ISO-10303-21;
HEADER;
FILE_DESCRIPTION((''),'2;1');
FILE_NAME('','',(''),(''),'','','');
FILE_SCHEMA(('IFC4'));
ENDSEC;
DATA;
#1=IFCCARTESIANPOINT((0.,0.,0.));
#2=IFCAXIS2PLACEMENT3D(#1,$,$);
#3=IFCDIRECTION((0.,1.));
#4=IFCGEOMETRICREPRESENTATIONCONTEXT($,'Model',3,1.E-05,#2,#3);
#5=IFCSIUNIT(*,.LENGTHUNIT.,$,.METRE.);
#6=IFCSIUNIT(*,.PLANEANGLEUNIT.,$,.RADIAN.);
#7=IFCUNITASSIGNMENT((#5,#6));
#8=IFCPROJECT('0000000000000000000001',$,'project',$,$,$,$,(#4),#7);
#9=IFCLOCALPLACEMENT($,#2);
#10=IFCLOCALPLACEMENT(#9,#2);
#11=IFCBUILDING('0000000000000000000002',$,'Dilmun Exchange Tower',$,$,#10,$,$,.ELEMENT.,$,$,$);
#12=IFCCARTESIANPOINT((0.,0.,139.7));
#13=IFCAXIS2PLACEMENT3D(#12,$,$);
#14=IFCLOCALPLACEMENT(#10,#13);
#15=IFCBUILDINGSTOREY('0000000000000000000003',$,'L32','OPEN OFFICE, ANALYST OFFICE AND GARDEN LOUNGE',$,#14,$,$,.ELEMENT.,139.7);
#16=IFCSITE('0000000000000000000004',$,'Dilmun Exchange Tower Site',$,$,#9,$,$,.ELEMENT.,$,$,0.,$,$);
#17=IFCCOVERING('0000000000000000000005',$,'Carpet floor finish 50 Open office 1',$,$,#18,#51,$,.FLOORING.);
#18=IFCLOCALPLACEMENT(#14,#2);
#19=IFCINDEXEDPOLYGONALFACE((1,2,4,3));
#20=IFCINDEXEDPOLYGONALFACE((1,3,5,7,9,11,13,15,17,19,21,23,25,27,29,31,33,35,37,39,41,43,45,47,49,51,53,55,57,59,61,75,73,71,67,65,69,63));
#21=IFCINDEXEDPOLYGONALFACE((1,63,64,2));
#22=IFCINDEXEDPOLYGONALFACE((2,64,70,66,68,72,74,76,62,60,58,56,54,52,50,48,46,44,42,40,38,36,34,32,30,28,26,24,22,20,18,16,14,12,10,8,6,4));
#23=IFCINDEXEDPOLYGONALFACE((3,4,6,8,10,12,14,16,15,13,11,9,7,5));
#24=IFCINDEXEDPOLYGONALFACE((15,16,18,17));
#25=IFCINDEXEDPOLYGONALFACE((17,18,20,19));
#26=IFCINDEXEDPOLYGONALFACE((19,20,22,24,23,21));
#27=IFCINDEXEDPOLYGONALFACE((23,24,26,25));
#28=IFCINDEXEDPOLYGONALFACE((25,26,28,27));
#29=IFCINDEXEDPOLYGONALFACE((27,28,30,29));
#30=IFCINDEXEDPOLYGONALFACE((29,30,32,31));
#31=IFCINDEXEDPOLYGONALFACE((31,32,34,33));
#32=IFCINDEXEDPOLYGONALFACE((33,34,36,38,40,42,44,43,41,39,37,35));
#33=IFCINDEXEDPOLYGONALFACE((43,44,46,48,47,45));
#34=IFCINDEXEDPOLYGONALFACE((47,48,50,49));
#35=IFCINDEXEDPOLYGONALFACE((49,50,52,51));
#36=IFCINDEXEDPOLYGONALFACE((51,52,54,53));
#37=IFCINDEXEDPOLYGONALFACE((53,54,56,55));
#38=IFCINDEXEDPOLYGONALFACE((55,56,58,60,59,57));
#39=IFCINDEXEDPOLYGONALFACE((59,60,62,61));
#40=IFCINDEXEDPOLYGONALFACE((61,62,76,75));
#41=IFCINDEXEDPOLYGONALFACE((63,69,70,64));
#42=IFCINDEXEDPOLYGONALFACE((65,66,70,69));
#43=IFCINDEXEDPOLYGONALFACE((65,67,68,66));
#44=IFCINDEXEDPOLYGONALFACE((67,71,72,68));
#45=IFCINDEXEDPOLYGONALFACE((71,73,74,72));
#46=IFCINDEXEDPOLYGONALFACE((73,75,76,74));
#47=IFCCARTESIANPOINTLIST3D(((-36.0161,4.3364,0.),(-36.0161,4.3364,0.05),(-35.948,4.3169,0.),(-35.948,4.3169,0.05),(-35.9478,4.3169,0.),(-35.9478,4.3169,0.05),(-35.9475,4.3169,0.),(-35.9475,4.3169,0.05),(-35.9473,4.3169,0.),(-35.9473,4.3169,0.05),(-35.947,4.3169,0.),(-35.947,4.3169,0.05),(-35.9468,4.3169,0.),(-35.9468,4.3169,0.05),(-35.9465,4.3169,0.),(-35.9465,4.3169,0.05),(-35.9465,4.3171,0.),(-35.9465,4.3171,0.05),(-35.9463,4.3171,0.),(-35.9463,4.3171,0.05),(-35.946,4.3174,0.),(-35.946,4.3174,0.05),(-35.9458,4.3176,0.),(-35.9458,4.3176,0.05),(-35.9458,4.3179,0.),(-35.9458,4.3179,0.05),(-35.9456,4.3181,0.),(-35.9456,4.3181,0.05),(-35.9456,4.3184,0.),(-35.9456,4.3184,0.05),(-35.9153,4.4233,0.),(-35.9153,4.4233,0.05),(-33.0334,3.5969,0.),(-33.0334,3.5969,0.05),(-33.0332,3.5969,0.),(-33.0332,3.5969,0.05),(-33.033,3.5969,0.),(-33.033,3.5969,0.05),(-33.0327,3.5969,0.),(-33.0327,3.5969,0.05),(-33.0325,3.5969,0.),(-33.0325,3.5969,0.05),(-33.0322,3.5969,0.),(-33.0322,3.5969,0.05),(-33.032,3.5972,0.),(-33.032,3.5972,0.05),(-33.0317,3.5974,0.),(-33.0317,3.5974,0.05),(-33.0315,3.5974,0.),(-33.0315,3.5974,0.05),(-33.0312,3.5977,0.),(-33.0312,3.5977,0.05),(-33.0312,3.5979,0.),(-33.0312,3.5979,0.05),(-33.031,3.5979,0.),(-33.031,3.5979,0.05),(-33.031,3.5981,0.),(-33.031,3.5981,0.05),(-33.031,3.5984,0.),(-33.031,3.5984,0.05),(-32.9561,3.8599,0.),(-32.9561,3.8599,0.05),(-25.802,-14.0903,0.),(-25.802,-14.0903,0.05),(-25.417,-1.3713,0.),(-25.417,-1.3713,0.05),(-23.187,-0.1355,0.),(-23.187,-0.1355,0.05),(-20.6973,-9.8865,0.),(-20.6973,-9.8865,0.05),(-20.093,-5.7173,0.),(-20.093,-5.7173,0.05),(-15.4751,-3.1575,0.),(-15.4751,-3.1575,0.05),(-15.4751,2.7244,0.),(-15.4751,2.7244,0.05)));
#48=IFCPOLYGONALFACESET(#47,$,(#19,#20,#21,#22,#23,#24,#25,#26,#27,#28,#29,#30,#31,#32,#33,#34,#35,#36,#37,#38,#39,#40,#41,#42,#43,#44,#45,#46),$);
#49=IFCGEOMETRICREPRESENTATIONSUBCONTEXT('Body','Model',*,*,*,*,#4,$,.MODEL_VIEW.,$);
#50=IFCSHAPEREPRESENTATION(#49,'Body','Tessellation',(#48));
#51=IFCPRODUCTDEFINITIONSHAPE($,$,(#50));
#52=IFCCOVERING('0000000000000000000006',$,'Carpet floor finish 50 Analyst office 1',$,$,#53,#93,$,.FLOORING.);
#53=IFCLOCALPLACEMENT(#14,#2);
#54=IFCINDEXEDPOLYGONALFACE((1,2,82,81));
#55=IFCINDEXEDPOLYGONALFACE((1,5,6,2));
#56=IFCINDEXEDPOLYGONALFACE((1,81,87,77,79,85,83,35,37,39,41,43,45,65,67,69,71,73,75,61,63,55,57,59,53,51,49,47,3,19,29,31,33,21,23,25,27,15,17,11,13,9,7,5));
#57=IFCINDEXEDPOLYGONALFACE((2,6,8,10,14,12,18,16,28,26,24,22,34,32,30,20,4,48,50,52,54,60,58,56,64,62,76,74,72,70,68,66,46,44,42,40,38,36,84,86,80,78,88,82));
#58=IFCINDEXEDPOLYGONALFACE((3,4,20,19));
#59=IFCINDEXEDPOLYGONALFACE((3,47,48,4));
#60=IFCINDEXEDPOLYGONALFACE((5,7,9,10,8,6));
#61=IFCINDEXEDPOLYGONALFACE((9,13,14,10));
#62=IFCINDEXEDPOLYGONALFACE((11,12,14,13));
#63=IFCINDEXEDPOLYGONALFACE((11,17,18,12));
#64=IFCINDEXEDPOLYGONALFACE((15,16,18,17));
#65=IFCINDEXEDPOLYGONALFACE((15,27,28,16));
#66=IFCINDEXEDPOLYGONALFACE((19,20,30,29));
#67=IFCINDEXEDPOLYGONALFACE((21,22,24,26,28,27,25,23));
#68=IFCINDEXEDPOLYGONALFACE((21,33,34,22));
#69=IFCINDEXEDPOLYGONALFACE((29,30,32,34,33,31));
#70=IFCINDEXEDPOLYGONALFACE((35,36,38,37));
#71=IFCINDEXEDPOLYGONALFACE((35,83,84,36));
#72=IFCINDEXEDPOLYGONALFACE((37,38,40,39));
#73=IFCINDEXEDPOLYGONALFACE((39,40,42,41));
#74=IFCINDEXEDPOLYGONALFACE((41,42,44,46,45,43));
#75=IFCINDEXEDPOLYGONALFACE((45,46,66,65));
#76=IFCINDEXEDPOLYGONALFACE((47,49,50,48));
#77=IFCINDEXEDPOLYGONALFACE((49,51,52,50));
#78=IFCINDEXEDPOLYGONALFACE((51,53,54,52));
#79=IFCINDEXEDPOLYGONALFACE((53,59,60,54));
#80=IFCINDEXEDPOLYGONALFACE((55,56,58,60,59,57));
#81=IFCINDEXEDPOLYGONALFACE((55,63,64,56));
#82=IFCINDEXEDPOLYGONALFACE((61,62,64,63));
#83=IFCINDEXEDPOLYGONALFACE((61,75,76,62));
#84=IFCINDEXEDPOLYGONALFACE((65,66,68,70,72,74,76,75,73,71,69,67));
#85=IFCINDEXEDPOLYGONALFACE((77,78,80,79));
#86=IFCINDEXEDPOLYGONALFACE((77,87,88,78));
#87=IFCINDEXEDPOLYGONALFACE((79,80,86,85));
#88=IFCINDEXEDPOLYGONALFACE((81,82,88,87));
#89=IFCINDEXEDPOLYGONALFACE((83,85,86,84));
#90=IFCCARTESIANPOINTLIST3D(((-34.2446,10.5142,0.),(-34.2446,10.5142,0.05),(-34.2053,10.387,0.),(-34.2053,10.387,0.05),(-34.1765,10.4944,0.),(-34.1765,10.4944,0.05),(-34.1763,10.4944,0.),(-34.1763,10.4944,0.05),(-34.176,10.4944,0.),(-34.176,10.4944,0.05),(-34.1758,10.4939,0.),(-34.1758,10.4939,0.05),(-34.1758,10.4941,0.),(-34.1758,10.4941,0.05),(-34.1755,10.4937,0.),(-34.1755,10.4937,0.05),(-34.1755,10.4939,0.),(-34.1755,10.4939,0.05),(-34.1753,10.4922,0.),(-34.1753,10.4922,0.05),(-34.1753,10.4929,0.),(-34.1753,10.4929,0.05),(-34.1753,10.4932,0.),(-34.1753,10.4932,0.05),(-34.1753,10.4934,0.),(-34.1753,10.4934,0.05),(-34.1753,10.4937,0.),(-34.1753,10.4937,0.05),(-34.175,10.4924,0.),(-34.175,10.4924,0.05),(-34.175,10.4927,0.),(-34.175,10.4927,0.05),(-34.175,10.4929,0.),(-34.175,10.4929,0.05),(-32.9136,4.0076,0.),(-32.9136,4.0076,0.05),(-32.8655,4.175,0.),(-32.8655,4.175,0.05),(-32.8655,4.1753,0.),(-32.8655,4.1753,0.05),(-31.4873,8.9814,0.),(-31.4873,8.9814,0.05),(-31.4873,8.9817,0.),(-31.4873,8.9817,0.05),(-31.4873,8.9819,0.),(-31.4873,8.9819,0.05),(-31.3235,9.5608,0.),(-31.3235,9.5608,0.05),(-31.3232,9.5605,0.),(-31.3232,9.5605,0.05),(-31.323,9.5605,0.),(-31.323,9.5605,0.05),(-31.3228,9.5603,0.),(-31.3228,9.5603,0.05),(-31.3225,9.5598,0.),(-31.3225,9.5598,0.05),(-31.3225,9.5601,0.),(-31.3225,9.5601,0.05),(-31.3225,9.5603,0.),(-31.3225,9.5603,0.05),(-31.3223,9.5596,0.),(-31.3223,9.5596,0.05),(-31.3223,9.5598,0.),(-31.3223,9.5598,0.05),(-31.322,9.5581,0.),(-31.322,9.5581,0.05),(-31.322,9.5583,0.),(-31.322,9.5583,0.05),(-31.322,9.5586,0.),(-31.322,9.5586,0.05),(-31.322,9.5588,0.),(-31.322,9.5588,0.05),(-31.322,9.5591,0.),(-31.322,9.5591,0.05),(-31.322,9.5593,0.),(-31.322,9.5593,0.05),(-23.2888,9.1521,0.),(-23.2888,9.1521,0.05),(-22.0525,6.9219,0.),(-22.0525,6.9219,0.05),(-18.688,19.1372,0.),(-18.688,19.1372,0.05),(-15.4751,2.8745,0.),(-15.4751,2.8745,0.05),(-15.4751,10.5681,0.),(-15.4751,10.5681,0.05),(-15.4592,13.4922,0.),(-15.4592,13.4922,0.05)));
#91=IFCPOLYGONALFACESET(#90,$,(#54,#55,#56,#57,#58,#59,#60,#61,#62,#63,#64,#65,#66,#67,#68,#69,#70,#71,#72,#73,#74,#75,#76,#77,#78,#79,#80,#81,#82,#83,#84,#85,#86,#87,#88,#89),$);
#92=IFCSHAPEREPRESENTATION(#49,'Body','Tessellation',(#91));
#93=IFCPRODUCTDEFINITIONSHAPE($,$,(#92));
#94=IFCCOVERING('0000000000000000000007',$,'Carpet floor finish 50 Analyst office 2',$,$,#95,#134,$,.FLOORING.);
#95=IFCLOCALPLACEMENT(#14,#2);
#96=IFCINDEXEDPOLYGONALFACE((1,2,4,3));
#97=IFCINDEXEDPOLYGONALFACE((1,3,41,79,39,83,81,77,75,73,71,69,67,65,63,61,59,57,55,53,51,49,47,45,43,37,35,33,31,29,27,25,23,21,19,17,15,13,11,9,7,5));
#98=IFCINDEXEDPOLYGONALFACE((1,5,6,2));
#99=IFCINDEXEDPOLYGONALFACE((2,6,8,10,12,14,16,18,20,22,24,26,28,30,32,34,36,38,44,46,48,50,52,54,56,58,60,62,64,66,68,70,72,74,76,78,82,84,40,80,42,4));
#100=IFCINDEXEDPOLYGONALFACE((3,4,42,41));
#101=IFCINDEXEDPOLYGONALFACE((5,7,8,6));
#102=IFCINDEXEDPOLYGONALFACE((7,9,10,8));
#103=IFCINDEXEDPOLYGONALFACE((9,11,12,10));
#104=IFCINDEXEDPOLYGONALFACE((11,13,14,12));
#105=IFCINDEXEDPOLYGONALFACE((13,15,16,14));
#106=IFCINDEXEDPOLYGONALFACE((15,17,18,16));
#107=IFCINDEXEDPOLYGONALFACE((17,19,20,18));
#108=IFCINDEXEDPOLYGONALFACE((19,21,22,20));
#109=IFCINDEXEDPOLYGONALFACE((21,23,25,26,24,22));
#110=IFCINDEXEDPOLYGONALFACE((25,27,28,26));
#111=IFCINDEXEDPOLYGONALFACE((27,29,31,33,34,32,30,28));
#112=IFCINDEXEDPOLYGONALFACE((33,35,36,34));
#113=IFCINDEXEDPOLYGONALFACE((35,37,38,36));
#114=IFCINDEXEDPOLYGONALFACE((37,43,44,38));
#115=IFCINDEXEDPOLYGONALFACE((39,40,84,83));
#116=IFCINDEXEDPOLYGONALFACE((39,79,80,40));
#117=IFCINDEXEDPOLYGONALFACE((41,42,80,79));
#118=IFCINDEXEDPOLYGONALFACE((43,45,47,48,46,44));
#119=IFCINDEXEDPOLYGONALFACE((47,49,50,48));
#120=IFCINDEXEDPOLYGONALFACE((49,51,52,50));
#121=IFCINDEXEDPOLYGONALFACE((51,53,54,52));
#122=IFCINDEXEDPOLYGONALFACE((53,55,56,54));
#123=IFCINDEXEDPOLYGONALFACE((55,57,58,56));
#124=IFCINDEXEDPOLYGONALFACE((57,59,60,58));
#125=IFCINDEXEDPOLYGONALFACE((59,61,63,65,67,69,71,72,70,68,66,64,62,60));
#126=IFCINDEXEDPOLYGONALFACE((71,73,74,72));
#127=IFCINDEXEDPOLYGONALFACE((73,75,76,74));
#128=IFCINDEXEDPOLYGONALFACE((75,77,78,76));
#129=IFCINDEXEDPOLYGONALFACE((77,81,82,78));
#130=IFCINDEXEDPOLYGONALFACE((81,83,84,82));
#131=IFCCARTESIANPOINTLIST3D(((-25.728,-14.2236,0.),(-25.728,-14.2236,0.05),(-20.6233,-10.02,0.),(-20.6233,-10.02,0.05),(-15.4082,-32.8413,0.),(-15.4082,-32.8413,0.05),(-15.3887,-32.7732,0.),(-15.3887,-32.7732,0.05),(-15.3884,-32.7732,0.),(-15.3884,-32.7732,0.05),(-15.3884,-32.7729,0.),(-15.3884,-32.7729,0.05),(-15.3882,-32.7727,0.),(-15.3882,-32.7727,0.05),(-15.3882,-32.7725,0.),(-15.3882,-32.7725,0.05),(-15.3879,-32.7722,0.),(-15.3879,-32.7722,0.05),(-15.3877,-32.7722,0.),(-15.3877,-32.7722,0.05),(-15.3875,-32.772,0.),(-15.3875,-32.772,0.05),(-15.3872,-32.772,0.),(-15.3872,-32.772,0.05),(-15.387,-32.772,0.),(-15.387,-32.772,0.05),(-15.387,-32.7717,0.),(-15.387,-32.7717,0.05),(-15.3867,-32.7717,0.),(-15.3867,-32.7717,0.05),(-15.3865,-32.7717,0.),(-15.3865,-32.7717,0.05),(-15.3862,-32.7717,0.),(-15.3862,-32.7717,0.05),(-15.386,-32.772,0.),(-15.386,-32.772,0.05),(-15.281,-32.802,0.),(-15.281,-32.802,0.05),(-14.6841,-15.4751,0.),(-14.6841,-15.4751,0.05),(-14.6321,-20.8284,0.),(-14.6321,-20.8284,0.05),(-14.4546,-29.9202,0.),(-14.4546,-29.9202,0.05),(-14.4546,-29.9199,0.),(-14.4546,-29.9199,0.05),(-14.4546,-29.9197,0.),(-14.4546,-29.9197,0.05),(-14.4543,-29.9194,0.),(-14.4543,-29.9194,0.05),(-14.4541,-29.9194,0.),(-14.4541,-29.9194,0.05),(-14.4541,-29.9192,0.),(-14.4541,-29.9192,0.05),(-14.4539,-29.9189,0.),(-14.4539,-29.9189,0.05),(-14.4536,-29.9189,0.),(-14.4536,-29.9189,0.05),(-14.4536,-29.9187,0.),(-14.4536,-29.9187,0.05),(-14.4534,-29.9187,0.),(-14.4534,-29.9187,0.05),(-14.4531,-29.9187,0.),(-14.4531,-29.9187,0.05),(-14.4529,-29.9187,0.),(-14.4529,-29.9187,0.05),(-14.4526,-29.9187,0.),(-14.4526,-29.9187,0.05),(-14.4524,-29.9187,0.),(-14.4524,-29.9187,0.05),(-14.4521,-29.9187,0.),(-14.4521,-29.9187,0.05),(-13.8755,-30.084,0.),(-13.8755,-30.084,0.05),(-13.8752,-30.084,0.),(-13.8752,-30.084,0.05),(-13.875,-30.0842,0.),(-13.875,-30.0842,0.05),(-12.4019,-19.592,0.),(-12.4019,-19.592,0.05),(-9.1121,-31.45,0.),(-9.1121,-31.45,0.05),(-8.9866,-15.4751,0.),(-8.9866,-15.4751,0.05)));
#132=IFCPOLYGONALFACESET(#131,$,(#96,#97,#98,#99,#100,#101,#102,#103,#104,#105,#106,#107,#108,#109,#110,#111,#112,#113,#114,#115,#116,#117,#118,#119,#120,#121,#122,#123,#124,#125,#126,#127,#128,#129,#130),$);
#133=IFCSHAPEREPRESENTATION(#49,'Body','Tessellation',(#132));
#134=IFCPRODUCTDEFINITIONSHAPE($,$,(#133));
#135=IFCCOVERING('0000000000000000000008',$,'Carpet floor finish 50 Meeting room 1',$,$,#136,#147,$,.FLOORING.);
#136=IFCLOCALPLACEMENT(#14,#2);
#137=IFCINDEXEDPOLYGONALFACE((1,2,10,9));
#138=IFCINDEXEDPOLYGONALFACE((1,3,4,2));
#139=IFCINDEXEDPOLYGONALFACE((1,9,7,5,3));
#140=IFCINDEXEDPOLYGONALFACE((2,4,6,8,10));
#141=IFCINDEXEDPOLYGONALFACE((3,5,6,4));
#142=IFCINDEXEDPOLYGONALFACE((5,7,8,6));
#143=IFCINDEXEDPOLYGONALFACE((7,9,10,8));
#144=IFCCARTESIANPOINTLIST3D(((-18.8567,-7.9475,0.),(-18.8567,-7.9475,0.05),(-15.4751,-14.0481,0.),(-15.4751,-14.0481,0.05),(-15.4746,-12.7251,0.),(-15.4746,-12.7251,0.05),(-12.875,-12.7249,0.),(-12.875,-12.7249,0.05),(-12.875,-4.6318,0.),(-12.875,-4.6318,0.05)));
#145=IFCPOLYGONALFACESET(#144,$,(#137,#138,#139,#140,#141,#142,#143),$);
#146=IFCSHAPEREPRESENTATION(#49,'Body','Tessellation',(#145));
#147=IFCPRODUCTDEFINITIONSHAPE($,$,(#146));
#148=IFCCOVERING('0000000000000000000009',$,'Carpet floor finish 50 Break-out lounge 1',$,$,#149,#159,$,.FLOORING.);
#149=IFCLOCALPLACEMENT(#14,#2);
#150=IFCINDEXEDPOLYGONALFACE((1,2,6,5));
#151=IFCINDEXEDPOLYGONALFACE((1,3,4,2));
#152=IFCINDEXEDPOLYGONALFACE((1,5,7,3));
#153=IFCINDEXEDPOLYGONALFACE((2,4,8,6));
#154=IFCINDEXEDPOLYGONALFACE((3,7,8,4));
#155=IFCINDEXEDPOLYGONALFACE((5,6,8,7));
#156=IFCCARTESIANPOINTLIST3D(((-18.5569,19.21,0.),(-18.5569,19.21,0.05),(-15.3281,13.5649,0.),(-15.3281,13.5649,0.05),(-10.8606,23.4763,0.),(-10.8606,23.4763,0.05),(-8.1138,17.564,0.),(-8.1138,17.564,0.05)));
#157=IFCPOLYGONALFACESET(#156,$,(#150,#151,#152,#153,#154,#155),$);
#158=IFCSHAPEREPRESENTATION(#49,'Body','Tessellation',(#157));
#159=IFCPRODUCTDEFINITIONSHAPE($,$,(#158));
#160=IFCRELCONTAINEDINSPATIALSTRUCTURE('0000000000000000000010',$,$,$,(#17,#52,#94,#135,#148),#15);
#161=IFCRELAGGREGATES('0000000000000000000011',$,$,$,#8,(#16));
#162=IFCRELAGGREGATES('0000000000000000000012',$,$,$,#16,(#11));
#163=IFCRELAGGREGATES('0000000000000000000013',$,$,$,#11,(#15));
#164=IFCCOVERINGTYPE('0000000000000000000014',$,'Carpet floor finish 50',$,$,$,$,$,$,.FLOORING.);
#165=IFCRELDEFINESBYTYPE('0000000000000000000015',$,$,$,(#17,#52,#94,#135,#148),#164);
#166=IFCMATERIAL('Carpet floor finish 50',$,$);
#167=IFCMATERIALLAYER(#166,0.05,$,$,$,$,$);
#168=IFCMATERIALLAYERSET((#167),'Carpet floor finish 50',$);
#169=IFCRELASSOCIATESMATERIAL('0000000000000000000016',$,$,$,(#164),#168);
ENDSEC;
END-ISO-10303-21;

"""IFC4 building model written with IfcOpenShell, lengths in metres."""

from ifc_helpers import new_model, si_unit, direction, frame, origin, place, context, subcontext, project, spatial, polyline, outline, extrude, material, layer, layer_set, type_object, element, save


model = new_model("IFC4")

# Units and contexts
model_context = context("Model", 3, precision=1e-05, world=origin(), true_north=direction((0.0, 1.0)))
body_context = subcontext(model_context, "Body", "Model", "MODEL_VIEW")
ifc_project = project(units=[si_unit("LENGTHUNIT", "METRE"), si_unit("PLANEANGLEUNIT", "RADIAN")], contexts=[model_context])

# Site, building, storey
site_placement = place(None, origin())
site = spatial("IfcSite", under=ifc_project, at=site_placement, Name="Dilmun Exchange Tower Site", CompositionType="ELEMENT", RefElevation=0.0)
building_placement = place(site_placement, origin())
building = spatial("IfcBuilding", under=site, at=building_placement, Name="Dilmun Exchange Tower", CompositionType="ELEMENT")
storey_placement = place(building_placement, frame((0.0, 0.0, 139.7)))
storey = spatial("IfcBuildingStorey", under=building, at=storey_placement, Name="L32", Description="OPEN OFFICE, ANALYST OFFICE AND GARDEN LOUNGE", CompositionType="ELEMENT", Elevation=139.7)

# Coverings
ifc_material_1 = material(Name="Carpet floor finish 50")
ifc_layer_1 = layer(ifc_material_1, 0.05)
ifc_layer_set_1 = layer_set([ifc_layer_1], Name="Carpet floor finish 50")
covering_type_1 = type_object("IfcCoveringType", Name="Carpet floor finish 50", PredefinedType="FLOORING", material=ifc_layer_set_1)
covering_1_placement = place(storey_placement, origin())
element("IfcCovering", 1, at=covering_1_placement, inside=storey, type_object=covering_type_1, Name="Carpet floor finish 50 Open office 1", PredefinedType="FLOORING", context=body_context, shape_type="SweptSolid", body=[
    extrude(outline(polyline([(-15.4751, 2.7244), (-15.4751, -3.1575), (-20.093, -5.7173), (-23.187, -0.1355), (-25.417, -1.3713), (-20.6973, -9.8865), (-25.802, -14.0903), (-36.0161, 4.3364), (-35.948, 4.3169), (-35.9478, 4.3169), (-35.9475, 4.3169), (-35.9475, 4.3169), (-35.9473, 4.3169), (-35.947, 4.3169), (-35.9468, 4.3169), (-35.9465, 4.3169), (-35.9465, 4.3171), (-35.9463, 4.3171), (-35.946, 4.3174), (-35.946, 4.3174), (-35.9458, 4.3176), (-35.9458, 4.3179), (-35.9458, 4.3179), (-35.9456, 4.3181), (-35.9456, 4.3184), (-35.9153, 4.4233), (-33.0334, 3.5969), (-33.0332, 3.5969), (-33.0332, 3.5969), (-33.033, 3.5969), (-33.0327, 3.5969), (-33.0325, 3.5969), (-33.0322, 3.5969), (-33.032, 3.5972), (-33.032, 3.5972), (-33.0317, 3.5974), (-33.0315, 3.5974), (-33.0315, 3.5974), (-33.0312, 3.5977), (-33.0312, 3.5979), (-33.031, 3.5979), (-33.031, 3.5981), (-33.031, 3.5984), (-32.9561, 3.8599), (-15.4751, 2.7244)])), origin(), (0.0, 0.0, 1.0), 0.05),
])
covering_2_placement = place(storey_placement, origin())
element("IfcCovering", 2, at=covering_2_placement, inside=storey, type_object=covering_type_1, Name="Carpet floor finish 50 Analyst office 1", PredefinedType="FLOORING", context=body_context, shape_type="SweptSolid", body=[
    extrude(outline(polyline([(-15.4592, 13.4922), (-23.2888, 9.1521), (-22.0525, 6.9219), (-15.4751, 10.5681), (-15.4751, 2.8745), (-32.9136, 4.0076), (-32.8655, 4.175), (-32.8655, 4.1753), (-32.8655, 4.1753), (-31.4873, 8.9814), (-31.4873, 8.9817), (-31.4873, 8.9817), (-31.4873, 8.9819), (-31.322, 9.5581), (-31.322, 9.5583), (-31.322, 9.5586), (-31.322, 9.5588), (-31.322, 9.5591), (-31.322, 9.5591), (-31.322, 9.5593), (-31.3223, 9.5596), (-31.3223, 9.5598), (-31.3225, 9.5598), (-31.3225, 9.5601), (-31.3225, 9.5603), (-31.3228, 9.5603), (-31.323, 9.5605), (-31.323, 9.5605), (-31.3232, 9.5605), (-31.3235, 9.5608), (-34.2053, 10.387), (-34.1753, 10.4922), (-34.1753, 10.4922), (-34.175, 10.4924), (-34.175, 10.4927), (-34.175, 10.4929), (-34.1753, 10.4929), (-34.1753, 10.4932), (-34.1753, 10.4934), (-34.1753, 10.4937), (-34.1755, 10.4937), (-34.1755, 10.4939), (-34.1758, 10.4939), (-34.1758, 10.4941), (-34.176, 10.4944), (-34.1763, 10.4944), (-34.1765, 10.4944), (-34.1765, 10.4944), (-34.2446, 10.5142), (-18.688, 19.1372), (-15.4592, 13.4922)])), origin(), (0.0, 0.0, 1.0), 0.05),
])
covering_3_placement = place(storey_placement, origin())
element("IfcCovering", 3, at=covering_3_placement, inside=storey, type_object=covering_type_1, Name="Carpet floor finish 50 Analyst office 2", PredefinedType="FLOORING", context=body_context, shape_type="SweptSolid", body=[
    extrude(outline(polyline([(-14.6841, -15.4751), (-8.9866, -15.4751), (-9.1121, -31.45), (-13.875, -30.0842), (-13.8752, -30.084), (-13.8755, -30.084), (-14.4521, -29.9187), (-14.4524, -29.9187), (-14.4524, -29.9187), (-14.4526, -29.9187), (-14.4529, -29.9187), (-14.4531, -29.9187), (-14.4534, -29.9187), (-14.4536, -29.9187), (-14.4536, -29.9189), (-14.4539, -29.9189), (-14.4541, -29.9192), (-14.4541, -29.9192), (-14.4541, -29.9194), (-14.4543, -29.9194), (-14.4546, -29.9197), (-14.4546, -29.9199), (-14.4546, -29.9202), (-15.281, -32.802), (-15.386, -32.772), (-15.3862, -32.7717), (-15.3865, -32.7717), (-15.3867, -32.7717), (-15.387, -32.7717), (-15.387, -32.772), (-15.3872, -32.772), (-15.3875, -32.772), (-15.3877, -32.7722), (-15.3877, -32.7722), (-15.3879, -32.7722), (-15.3882, -32.7725), (-15.3882, -32.7727), (-15.3882, -32.7727), (-15.3884, -32.7729), (-15.3884, -32.7732), (-15.3887, -32.7732), (-15.4082, -32.8413), (-25.728, -14.2236), (-20.6233, -10.02), (-14.6321, -20.8284), (-12.4019, -19.592), (-14.6841, -15.4751)])), origin(), (0.0, 0.0, 1.0), 0.05),
])
covering_4_placement = place(storey_placement, origin())
element("IfcCovering", 4, at=covering_4_placement, inside=storey, type_object=covering_type_1, Name="Carpet floor finish 50 Meeting room 1", PredefinedType="FLOORING", context=body_context, shape_type="SweptSolid", body=[
    extrude(outline(polyline([(-12.875, -4.6318), (-12.875, -12.7249), (-15.4746, -12.7251), (-15.4751, -14.0481), (-18.8567, -7.9475), (-12.875, -4.6318)])), origin(), (0.0, 0.0, 1.0), 0.05),
])
covering_5_placement = place(storey_placement, origin())
element("IfcCovering", 5, at=covering_5_placement, inside=storey, type_object=covering_type_1, Name="Carpet floor finish 50 Break-out lounge 1", PredefinedType="FLOORING", context=body_context, shape_type="SweptSolid", body=[
    extrude(outline(polyline([(-8.1138, 17.564), (-15.3281, 13.5649), (-18.5569, 19.21), (-10.8606, 23.4763), (-8.1138, 17.564)])), origin(), (0.0, 0.0, 1.0), 0.05),
])

save(model, "model.ifc")
